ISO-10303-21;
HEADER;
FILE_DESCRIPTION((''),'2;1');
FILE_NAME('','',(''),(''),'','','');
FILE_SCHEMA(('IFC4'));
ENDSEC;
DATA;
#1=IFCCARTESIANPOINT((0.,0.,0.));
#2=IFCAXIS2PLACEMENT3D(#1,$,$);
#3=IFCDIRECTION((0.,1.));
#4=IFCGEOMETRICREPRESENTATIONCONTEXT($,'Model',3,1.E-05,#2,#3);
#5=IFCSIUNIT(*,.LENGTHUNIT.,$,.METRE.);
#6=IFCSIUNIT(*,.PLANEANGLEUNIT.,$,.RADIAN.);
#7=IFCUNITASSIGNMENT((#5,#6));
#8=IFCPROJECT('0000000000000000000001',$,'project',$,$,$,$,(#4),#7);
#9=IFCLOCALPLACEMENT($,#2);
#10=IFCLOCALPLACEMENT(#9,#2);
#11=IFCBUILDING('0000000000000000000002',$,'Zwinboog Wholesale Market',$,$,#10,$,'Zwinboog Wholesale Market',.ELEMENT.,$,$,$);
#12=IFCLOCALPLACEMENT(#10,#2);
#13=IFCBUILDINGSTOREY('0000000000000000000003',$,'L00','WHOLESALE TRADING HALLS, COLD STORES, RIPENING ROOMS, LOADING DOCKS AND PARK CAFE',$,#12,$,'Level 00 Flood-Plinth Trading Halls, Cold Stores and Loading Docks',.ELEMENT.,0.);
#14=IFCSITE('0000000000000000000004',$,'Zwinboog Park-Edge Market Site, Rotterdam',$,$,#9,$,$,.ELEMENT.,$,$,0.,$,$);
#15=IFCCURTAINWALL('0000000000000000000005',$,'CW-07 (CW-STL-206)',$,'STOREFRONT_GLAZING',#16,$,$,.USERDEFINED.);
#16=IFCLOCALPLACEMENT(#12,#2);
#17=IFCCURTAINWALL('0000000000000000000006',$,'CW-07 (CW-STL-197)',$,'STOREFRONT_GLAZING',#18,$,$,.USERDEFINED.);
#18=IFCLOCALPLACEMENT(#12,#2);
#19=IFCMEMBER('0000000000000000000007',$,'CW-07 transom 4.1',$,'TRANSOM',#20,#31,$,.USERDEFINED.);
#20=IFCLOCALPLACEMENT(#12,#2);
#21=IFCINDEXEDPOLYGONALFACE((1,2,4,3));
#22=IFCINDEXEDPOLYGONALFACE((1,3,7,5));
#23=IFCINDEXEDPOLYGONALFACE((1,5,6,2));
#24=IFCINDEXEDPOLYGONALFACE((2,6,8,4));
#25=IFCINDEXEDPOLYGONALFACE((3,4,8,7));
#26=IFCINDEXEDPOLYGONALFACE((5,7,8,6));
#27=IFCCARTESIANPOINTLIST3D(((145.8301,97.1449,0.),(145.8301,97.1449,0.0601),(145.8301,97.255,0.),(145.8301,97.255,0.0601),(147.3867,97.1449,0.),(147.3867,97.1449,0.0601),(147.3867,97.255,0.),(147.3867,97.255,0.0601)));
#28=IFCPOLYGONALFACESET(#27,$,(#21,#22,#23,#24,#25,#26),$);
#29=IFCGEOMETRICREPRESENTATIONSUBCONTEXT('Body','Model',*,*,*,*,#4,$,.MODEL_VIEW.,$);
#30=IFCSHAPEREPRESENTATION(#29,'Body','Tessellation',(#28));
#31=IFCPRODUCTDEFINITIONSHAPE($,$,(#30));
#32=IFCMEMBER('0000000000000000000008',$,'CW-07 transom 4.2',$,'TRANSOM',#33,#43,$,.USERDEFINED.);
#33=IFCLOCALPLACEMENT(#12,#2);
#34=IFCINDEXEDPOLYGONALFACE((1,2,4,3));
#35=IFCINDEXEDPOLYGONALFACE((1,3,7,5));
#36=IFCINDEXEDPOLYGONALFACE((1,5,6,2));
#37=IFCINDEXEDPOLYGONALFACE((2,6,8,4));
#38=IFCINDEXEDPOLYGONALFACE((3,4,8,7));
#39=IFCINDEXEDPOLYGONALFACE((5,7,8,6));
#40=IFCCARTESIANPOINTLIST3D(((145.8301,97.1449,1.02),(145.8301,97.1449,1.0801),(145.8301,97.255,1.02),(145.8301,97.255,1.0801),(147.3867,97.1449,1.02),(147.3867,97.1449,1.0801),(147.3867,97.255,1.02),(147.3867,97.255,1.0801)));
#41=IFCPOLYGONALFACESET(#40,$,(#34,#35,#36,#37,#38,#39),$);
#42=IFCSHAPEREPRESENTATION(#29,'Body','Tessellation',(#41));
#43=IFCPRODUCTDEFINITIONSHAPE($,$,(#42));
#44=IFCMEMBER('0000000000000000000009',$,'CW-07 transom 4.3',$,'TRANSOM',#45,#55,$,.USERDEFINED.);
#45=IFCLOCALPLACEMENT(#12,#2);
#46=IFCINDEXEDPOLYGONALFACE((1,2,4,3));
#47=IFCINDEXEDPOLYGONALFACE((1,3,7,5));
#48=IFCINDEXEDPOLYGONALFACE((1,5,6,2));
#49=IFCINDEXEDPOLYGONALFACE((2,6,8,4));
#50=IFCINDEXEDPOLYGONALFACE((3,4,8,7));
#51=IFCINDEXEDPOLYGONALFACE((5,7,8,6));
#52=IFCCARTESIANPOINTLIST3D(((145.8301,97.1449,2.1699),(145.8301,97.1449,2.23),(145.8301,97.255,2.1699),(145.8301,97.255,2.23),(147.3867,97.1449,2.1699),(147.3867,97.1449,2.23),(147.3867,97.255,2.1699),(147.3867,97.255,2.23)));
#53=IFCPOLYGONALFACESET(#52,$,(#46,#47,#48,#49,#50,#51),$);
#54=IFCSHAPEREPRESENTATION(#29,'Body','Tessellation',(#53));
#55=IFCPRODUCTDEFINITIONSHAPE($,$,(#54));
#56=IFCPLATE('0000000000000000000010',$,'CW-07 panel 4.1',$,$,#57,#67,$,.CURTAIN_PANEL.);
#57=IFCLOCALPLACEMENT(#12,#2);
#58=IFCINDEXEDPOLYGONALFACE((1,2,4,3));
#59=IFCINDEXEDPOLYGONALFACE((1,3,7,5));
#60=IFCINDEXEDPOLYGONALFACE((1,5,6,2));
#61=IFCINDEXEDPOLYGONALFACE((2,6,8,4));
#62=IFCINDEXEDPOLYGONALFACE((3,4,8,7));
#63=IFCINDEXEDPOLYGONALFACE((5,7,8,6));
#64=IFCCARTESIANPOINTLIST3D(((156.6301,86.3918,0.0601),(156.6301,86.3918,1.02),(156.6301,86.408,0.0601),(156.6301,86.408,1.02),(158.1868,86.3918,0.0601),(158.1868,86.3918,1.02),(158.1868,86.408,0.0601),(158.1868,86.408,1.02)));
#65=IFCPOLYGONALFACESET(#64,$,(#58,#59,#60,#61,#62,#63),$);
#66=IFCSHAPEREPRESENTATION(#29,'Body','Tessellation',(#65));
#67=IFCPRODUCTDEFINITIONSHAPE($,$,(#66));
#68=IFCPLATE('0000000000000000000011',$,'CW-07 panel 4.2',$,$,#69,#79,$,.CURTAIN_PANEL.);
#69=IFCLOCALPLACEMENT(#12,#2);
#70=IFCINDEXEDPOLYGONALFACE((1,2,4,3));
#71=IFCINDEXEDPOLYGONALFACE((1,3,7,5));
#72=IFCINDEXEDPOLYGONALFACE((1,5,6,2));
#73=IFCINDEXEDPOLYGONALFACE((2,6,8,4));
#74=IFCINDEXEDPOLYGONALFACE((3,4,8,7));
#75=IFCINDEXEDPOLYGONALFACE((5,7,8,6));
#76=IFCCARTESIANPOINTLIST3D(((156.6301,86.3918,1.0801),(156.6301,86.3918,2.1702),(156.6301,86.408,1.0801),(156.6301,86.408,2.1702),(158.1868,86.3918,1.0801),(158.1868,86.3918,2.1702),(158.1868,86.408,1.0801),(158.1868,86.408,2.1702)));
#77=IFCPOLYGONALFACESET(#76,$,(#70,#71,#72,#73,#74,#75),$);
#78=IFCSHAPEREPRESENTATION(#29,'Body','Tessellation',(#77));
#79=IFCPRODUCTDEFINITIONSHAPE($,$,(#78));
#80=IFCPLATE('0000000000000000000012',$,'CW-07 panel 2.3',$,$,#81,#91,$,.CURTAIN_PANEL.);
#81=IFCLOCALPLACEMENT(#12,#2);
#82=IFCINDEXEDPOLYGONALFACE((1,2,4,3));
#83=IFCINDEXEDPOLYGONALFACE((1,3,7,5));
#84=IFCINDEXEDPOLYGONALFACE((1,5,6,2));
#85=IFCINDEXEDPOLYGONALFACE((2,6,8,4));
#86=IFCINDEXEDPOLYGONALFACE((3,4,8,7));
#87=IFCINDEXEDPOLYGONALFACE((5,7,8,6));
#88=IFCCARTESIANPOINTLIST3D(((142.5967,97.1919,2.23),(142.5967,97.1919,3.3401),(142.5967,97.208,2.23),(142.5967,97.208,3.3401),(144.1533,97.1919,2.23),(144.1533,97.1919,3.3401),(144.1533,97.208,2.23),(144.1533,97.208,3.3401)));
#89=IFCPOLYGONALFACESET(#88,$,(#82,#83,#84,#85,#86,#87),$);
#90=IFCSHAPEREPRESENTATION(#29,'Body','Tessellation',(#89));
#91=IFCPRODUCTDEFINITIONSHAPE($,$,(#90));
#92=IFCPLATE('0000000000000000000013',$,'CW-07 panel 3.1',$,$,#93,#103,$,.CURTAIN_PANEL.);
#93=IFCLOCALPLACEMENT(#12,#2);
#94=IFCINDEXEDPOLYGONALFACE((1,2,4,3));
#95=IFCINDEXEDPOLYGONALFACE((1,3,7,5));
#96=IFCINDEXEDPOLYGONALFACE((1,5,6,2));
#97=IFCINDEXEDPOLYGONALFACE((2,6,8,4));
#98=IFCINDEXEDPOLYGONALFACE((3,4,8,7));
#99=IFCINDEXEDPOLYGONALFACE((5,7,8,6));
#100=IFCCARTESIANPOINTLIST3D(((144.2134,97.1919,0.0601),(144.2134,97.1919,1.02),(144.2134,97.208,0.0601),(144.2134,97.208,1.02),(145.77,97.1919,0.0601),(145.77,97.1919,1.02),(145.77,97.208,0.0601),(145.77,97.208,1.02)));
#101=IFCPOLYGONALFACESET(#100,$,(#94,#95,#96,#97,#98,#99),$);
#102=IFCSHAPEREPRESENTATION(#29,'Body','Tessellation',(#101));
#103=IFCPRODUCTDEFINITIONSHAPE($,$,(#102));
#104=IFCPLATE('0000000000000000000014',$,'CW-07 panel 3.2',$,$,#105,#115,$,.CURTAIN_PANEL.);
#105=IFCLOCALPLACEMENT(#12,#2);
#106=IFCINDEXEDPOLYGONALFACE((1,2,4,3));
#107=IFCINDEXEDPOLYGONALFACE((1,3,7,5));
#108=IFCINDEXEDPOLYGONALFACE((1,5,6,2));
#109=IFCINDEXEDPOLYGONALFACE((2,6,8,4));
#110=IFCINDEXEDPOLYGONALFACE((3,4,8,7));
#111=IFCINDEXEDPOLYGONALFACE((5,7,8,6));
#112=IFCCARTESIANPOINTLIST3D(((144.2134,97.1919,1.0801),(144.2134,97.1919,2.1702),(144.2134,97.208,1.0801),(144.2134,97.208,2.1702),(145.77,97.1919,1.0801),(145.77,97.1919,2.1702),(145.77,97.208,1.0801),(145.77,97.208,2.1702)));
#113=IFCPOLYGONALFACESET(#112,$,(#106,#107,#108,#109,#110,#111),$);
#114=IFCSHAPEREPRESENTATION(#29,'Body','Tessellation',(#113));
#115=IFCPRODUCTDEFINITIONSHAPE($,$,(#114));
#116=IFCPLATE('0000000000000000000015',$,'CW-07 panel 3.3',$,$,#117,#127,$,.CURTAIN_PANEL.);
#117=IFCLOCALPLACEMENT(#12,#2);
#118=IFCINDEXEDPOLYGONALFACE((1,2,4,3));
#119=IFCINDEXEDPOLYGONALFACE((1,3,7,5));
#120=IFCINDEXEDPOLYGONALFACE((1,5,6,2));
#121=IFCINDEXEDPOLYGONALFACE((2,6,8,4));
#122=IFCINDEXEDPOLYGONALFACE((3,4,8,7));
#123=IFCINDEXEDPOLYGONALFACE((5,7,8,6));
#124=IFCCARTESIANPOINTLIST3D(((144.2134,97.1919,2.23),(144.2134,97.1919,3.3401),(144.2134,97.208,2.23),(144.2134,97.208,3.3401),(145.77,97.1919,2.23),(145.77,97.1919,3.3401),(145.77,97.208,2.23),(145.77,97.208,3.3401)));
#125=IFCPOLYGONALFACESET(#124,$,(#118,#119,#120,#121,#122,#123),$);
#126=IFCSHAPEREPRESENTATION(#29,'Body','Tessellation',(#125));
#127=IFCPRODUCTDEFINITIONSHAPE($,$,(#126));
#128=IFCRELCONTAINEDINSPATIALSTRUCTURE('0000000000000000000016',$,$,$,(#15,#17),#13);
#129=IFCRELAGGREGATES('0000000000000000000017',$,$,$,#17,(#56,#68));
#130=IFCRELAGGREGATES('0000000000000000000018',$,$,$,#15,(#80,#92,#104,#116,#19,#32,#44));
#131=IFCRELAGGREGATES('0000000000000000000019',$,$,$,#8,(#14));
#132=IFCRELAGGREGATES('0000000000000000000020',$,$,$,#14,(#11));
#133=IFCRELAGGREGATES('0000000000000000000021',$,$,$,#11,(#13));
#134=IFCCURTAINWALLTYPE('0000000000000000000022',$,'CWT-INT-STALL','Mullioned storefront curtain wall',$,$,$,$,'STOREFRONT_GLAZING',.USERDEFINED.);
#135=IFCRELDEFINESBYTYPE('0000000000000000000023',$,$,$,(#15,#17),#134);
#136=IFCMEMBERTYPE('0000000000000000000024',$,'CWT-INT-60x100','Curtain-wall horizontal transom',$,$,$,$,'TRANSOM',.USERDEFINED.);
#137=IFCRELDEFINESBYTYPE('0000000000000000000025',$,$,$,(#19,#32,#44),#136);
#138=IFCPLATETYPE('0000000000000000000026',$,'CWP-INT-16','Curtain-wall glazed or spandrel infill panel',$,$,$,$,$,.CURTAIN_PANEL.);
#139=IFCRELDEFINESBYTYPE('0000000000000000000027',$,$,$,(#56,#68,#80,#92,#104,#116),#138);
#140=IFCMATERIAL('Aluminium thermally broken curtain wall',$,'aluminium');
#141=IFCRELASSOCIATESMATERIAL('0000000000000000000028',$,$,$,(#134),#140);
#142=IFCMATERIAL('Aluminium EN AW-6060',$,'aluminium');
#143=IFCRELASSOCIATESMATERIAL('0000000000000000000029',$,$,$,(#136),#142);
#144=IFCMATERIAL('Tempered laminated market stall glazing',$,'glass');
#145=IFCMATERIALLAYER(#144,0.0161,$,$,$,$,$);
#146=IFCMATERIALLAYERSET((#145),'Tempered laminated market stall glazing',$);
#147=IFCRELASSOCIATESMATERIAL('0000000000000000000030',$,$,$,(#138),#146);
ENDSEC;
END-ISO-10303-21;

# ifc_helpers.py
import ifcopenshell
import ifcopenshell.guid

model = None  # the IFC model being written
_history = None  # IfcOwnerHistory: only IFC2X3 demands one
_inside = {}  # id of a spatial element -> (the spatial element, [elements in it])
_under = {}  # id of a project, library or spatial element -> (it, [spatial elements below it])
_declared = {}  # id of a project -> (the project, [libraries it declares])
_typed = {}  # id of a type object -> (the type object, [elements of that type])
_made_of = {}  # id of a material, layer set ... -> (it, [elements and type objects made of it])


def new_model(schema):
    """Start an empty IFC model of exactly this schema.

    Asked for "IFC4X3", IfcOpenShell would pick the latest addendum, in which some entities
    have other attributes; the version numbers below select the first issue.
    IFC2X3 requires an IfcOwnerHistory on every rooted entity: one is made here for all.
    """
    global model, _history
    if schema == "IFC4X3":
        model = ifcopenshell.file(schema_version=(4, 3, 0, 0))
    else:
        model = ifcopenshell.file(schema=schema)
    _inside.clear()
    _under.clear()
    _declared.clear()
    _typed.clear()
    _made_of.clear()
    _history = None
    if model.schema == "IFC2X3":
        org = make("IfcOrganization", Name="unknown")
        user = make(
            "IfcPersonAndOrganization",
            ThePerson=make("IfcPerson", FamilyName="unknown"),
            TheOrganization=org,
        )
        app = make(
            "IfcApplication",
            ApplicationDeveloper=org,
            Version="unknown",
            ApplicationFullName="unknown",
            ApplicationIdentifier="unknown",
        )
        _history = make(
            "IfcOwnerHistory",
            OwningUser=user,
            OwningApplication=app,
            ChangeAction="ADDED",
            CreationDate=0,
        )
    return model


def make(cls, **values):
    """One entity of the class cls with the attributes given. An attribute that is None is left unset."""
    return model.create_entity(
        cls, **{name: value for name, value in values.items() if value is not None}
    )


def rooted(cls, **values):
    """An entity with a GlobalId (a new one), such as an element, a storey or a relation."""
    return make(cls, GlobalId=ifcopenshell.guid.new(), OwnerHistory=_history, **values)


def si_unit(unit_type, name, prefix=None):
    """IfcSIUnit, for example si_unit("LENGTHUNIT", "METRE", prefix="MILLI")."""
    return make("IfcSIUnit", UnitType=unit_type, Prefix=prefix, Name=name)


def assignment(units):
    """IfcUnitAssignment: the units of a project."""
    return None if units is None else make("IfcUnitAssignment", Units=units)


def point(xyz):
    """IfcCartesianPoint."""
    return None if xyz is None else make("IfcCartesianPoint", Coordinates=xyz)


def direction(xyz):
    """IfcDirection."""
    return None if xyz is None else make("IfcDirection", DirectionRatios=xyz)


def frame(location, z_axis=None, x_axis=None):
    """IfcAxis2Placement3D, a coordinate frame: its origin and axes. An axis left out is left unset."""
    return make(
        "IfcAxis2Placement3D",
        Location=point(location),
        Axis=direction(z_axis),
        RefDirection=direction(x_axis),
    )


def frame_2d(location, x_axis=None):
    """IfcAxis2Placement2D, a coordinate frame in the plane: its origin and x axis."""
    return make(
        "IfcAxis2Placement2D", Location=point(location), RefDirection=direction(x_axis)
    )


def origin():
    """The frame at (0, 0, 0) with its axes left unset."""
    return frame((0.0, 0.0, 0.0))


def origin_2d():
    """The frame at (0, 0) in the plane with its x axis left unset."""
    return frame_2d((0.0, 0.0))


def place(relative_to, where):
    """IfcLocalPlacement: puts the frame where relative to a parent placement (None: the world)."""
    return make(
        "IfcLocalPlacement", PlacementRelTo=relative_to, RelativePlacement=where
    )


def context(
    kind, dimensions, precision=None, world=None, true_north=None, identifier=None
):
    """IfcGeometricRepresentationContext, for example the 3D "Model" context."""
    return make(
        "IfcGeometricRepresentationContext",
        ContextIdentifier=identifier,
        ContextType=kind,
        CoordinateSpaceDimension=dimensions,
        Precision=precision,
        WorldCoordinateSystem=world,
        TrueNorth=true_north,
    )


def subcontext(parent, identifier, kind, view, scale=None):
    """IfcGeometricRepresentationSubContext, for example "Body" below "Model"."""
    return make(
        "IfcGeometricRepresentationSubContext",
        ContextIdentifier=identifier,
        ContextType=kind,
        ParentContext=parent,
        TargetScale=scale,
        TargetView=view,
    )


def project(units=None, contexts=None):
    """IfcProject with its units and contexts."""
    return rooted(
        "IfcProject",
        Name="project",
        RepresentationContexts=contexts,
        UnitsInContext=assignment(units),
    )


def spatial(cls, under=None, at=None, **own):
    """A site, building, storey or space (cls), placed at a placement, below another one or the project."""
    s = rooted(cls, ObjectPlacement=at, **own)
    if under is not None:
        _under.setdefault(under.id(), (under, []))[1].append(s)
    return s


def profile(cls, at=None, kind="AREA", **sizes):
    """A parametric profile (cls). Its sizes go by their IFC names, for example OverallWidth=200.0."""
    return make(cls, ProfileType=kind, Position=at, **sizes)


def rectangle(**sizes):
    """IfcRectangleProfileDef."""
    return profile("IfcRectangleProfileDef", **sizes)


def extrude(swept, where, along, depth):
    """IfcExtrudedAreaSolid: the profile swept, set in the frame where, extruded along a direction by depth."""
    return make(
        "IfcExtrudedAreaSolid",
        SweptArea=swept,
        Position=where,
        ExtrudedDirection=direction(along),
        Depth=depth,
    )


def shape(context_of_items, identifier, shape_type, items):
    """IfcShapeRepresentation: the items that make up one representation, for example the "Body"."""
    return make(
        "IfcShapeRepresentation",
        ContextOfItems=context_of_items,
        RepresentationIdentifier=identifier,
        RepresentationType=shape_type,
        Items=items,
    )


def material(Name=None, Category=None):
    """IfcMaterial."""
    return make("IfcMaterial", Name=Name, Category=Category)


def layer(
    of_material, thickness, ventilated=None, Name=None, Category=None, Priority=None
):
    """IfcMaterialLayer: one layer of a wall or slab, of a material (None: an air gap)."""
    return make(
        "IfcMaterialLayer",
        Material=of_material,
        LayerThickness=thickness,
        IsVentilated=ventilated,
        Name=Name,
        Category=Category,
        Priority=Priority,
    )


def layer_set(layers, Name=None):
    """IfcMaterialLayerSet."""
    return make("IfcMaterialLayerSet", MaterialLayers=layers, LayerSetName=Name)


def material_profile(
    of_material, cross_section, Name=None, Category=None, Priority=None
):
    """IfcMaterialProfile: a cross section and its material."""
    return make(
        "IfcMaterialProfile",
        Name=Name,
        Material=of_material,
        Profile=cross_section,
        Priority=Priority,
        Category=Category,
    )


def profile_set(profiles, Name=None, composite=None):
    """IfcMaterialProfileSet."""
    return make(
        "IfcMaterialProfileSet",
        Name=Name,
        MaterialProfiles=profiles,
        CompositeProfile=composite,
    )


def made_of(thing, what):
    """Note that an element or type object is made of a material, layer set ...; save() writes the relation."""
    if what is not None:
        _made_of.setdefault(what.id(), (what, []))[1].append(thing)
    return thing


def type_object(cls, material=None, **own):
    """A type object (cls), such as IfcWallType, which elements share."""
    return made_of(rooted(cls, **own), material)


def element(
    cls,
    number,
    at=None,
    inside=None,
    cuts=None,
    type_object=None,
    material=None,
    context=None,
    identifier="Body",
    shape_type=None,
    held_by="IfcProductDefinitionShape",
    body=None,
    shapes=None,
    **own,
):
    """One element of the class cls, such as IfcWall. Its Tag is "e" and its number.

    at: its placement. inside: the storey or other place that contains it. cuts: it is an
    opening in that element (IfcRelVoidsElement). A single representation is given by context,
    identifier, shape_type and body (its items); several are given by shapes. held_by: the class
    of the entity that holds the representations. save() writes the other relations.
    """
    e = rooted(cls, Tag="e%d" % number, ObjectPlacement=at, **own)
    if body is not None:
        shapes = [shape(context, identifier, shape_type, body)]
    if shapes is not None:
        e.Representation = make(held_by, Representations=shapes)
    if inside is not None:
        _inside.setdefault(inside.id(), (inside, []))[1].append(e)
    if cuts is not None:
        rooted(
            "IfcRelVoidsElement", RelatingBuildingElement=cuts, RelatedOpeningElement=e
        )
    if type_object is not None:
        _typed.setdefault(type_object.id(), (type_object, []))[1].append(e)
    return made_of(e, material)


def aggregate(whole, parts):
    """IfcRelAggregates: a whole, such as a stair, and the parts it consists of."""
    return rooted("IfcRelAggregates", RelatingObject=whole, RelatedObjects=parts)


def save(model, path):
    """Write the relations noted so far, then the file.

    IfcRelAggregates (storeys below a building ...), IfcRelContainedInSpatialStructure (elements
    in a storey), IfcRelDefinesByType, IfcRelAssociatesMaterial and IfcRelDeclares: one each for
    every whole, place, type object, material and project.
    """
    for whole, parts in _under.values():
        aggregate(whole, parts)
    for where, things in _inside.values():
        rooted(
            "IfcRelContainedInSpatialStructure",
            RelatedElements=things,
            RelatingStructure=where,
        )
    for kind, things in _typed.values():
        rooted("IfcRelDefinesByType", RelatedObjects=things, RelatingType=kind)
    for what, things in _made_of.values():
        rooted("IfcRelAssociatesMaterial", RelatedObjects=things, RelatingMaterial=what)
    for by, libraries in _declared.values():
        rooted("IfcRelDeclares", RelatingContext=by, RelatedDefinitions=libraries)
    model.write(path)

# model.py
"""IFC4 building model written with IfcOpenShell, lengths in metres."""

from ifc_helpers import new_model, si_unit, direction, frame, origin, origin_2d, place, context, subcontext, project, spatial, rectangle, extrude, material, layer, layer_set, material_profile, profile_set, type_object, element, aggregate, save


model = new_model("IFC4")

# Units and contexts
model_context = context("Model", 3, precision=1e-05, world=origin(), true_north=direction((0.0, 1.0)))
body_context = subcontext(model_context, "Body", "Model", "MODEL_VIEW")
ifc_project = project(units=[si_unit("LENGTHUNIT", "METRE"), si_unit("PLANEANGLEUNIT", "RADIAN")], contexts=[model_context])

# Site, building, storey
site_placement = place(None, origin())
site = spatial("IfcSite", under=ifc_project, at=site_placement, Name="Zwinboog Park-Edge Market Site, Rotterdam", CompositionType="ELEMENT", RefElevation=0.0)
building_placement = place(site_placement, origin())
building = spatial("IfcBuilding", under=site, at=building_placement, Name="Zwinboog Wholesale Market", LongName="Zwinboog Wholesale Market", CompositionType="ELEMENT")
storey_placement = place(building_placement, origin())
storey = spatial("IfcBuildingStorey", under=building, at=storey_placement, Name="L00", Description="WHOLESALE TRADING HALLS, COLD STORES, RIPENING ROOMS, LOADING DOCKS AND PARK CAFE", LongName="Level 00 Flood-Plinth Trading Halls, Cold Stores and Loading Docks", CompositionType="ELEMENT", Elevation=0.0)

# Curtain walls
ifc_material_1 = material(Name="Aluminium thermally broken curtain wall", Category="aluminium")
curtain_wall_type = type_object("IfcCurtainWallType", Name="CWT-INT-STALL", Description="Mullioned storefront curtain wall", ElementType="STOREFRONT_GLAZING", PredefinedType="USERDEFINED", material=ifc_material_1)
curtain_wall_1_placement = place(storey_placement, origin())
curtain_wall_1 = element("IfcCurtainWall", 1, at=curtain_wall_1_placement, inside=storey, type_object=curtain_wall_type, Name="CW-07 (CW-STL-206)", ObjectType="STOREFRONT_GLAZING", PredefinedType="USERDEFINED")
ifc_material_2 = material(Name="Aluminium EN AW-6060", Category="aluminium")
curtain_wall_2_placement = place(storey_placement, origin())
curtain_wall_2 = element("IfcCurtainWall", 2, at=curtain_wall_2_placement, inside=storey, type_object=curtain_wall_type, Name="CW-07 (CW-STL-197)", ObjectType="STOREFRONT_GLAZING", PredefinedType="USERDEFINED")
ifc_material_profile_1 = material_profile(ifc_material_2, rectangle(XDim=0.1101, YDim=0.0601, at=origin_2d()), Name="AL 60x110")
ifc_profile_set_1 = profile_set([ifc_material_profile_1], Name="Aluminium EN AW-6060")
member_type_1 = type_object("IfcMemberType", Name="CWT-INT-60x100", Description="Curtain-wall horizontal transom", ElementType="TRANSOM", PredefinedType="USERDEFINED", material=ifc_profile_set_1)

# Members
member_1_placement = place(storey_placement, frame((145.8301, 97.2, 0.03), z_axis=(1.0, 0.0, 0.0), x_axis=(0.0, 1.0, 0.0)))
member_1 = element("IfcMember", 3, at=member_1_placement, type_object=member_type_1, Name="CW-07 transom 4.1", ObjectType="TRANSOM", PredefinedType="USERDEFINED", context=body_context, shape_type="SweptSolid", body=[
    extrude(rectangle(XDim=0.1101, YDim=0.0601, at=origin_2d()), origin(), (0.0, 0.0, 1.0), 1.5566),
])
member_2_placement = place(storey_placement, frame((145.8301, 97.2, 1.05), z_axis=(1.0, 0.0, 0.0), x_axis=(0.0, 1.0, 0.0)))
member_2 = element("IfcMember", 4, at=member_2_placement, type_object=member_type_1, Name="CW-07 transom 4.2", ObjectType="TRANSOM", PredefinedType="USERDEFINED", context=body_context, shape_type="SweptSolid", body=[
    extrude(rectangle(XDim=0.1101, YDim=0.0601, at=origin_2d()), origin(), (0.0, 0.0, 1.0), 1.5566),
])
member_3_placement = place(storey_placement, frame((145.8301, 97.2, 2.2), z_axis=(1.0, 0.0, 0.0), x_axis=(0.0, 1.0, 0.0)))
member_3 = element("IfcMember", 5, at=member_3_placement, type_object=member_type_1, Name="CW-07 transom 4.3", ObjectType="TRANSOM", PredefinedType="USERDEFINED", context=body_context, shape_type="SweptSolid", body=[
    extrude(rectangle(XDim=0.1101, YDim=0.0601, at=origin_2d()), origin(), (0.0, 0.0, 1.0), 1.5566),
])

# Plates
ifc_material_3 = material(Name="Tempered laminated market stall glazing", Category="glass")
ifc_layer = layer(ifc_material_3, 0.0161)
ifc_layer_set = layer_set([ifc_layer], Name="Tempered laminated market stall glazing")
plate_type = type_object("IfcPlateType", Name="CWP-INT-16", Description="Curtain-wall glazed or spandrel infill panel", PredefinedType="CURTAIN_PANEL", material=ifc_layer_set)
plate_1_placement = place(storey_placement, frame((157.4084, 86.3999, 0.0601), z_axis=(0.0, 0.0, 1.0), x_axis=(1.0, 0.0, 0.0)))
plate_1 = element("IfcPlate", 6, at=plate_1_placement, type_object=plate_type, Name="CW-07 panel 4.1", PredefinedType="CURTAIN_PANEL", context=body_context, shape_type="SweptSolid", body=[
    extrude(rectangle(XDim=1.5566, YDim=0.0161, at=origin_2d()), origin(), (0.0, 0.0, 1.0), 0.96),
])
plate_2_placement = place(storey_placement, frame((157.4084, 86.3999, 1.0801), z_axis=(0.0, 0.0, 1.0), x_axis=(1.0, 0.0, 0.0)))
plate_2 = element("IfcPlate", 7, at=plate_2_placement, type_object=plate_type, Name="CW-07 panel 4.2", PredefinedType="CURTAIN_PANEL", context=body_context, shape_type="SweptSolid", body=[
    extrude(rectangle(XDim=1.5566, YDim=0.0161, at=origin_2d()), origin(), (0.0, 0.0, 1.0), 1.0901),
])
aggregate(curtain_wall_2, [plate_1, plate_2])
plate_3_placement = place(storey_placement, frame((143.375, 97.2, 2.23), z_axis=(0.0, 0.0, 1.0), x_axis=(1.0, 0.0, 0.0)))
plate_3 = element("IfcPlate", 8, at=plate_3_placement, type_object=plate_type, Name="CW-07 panel 2.3", PredefinedType="CURTAIN_PANEL", context=body_context, shape_type="SweptSolid", body=[
    extrude(rectangle(XDim=1.5566, YDim=0.0161, at=origin_2d()), origin(), (0.0, 0.0, 1.0), 1.1101),
])
plate_4_placement = place(storey_placement, frame((144.9917, 97.2, 0.0601), z_axis=(0.0, 0.0, 1.0), x_axis=(1.0, 0.0, 0.0)))
plate_4 = element("IfcPlate", 9, at=plate_4_placement, type_object=plate_type, Name="CW-07 panel 3.1", PredefinedType="CURTAIN_PANEL", context=body_context, shape_type="SweptSolid", body=[
    extrude(rectangle(XDim=1.5566, YDim=0.0161, at=origin_2d()), origin(), (0.0, 0.0, 1.0), 0.96),
])
plate_5_placement = place(storey_placement, frame((144.9917, 97.2, 1.0801), z_axis=(0.0, 0.0, 1.0), x_axis=(1.0, 0.0, 0.0)))
plate_5 = element("IfcPlate", 10, at=plate_5_placement, type_object=plate_type, Name="CW-07 panel 3.2", PredefinedType="CURTAIN_PANEL", context=body_context, shape_type="SweptSolid", body=[
    extrude(rectangle(XDim=1.5566, YDim=0.0161, at=origin_2d()), origin(), (0.0, 0.0, 1.0), 1.0901),
])
plate_6_placement = place(storey_placement, frame((144.9917, 97.2, 2.23), z_axis=(0.0, 0.0, 1.0), x_axis=(1.0, 0.0, 0.0)))
plate_6 = element("IfcPlate", 11, at=plate_6_placement, type_object=plate_type, Name="CW-07 panel 3.3", PredefinedType="CURTAIN_PANEL", context=body_context, shape_type="SweptSolid", body=[
    extrude(rectangle(XDim=1.5566, YDim=0.0161, at=origin_2d()), origin(), (0.0, 0.0, 1.0), 1.1101),
])
aggregate(curtain_wall_1, [plate_3, plate_4, plate_5, plate_6, member_1, member_2, member_3])

save(model, "model.ifc")
